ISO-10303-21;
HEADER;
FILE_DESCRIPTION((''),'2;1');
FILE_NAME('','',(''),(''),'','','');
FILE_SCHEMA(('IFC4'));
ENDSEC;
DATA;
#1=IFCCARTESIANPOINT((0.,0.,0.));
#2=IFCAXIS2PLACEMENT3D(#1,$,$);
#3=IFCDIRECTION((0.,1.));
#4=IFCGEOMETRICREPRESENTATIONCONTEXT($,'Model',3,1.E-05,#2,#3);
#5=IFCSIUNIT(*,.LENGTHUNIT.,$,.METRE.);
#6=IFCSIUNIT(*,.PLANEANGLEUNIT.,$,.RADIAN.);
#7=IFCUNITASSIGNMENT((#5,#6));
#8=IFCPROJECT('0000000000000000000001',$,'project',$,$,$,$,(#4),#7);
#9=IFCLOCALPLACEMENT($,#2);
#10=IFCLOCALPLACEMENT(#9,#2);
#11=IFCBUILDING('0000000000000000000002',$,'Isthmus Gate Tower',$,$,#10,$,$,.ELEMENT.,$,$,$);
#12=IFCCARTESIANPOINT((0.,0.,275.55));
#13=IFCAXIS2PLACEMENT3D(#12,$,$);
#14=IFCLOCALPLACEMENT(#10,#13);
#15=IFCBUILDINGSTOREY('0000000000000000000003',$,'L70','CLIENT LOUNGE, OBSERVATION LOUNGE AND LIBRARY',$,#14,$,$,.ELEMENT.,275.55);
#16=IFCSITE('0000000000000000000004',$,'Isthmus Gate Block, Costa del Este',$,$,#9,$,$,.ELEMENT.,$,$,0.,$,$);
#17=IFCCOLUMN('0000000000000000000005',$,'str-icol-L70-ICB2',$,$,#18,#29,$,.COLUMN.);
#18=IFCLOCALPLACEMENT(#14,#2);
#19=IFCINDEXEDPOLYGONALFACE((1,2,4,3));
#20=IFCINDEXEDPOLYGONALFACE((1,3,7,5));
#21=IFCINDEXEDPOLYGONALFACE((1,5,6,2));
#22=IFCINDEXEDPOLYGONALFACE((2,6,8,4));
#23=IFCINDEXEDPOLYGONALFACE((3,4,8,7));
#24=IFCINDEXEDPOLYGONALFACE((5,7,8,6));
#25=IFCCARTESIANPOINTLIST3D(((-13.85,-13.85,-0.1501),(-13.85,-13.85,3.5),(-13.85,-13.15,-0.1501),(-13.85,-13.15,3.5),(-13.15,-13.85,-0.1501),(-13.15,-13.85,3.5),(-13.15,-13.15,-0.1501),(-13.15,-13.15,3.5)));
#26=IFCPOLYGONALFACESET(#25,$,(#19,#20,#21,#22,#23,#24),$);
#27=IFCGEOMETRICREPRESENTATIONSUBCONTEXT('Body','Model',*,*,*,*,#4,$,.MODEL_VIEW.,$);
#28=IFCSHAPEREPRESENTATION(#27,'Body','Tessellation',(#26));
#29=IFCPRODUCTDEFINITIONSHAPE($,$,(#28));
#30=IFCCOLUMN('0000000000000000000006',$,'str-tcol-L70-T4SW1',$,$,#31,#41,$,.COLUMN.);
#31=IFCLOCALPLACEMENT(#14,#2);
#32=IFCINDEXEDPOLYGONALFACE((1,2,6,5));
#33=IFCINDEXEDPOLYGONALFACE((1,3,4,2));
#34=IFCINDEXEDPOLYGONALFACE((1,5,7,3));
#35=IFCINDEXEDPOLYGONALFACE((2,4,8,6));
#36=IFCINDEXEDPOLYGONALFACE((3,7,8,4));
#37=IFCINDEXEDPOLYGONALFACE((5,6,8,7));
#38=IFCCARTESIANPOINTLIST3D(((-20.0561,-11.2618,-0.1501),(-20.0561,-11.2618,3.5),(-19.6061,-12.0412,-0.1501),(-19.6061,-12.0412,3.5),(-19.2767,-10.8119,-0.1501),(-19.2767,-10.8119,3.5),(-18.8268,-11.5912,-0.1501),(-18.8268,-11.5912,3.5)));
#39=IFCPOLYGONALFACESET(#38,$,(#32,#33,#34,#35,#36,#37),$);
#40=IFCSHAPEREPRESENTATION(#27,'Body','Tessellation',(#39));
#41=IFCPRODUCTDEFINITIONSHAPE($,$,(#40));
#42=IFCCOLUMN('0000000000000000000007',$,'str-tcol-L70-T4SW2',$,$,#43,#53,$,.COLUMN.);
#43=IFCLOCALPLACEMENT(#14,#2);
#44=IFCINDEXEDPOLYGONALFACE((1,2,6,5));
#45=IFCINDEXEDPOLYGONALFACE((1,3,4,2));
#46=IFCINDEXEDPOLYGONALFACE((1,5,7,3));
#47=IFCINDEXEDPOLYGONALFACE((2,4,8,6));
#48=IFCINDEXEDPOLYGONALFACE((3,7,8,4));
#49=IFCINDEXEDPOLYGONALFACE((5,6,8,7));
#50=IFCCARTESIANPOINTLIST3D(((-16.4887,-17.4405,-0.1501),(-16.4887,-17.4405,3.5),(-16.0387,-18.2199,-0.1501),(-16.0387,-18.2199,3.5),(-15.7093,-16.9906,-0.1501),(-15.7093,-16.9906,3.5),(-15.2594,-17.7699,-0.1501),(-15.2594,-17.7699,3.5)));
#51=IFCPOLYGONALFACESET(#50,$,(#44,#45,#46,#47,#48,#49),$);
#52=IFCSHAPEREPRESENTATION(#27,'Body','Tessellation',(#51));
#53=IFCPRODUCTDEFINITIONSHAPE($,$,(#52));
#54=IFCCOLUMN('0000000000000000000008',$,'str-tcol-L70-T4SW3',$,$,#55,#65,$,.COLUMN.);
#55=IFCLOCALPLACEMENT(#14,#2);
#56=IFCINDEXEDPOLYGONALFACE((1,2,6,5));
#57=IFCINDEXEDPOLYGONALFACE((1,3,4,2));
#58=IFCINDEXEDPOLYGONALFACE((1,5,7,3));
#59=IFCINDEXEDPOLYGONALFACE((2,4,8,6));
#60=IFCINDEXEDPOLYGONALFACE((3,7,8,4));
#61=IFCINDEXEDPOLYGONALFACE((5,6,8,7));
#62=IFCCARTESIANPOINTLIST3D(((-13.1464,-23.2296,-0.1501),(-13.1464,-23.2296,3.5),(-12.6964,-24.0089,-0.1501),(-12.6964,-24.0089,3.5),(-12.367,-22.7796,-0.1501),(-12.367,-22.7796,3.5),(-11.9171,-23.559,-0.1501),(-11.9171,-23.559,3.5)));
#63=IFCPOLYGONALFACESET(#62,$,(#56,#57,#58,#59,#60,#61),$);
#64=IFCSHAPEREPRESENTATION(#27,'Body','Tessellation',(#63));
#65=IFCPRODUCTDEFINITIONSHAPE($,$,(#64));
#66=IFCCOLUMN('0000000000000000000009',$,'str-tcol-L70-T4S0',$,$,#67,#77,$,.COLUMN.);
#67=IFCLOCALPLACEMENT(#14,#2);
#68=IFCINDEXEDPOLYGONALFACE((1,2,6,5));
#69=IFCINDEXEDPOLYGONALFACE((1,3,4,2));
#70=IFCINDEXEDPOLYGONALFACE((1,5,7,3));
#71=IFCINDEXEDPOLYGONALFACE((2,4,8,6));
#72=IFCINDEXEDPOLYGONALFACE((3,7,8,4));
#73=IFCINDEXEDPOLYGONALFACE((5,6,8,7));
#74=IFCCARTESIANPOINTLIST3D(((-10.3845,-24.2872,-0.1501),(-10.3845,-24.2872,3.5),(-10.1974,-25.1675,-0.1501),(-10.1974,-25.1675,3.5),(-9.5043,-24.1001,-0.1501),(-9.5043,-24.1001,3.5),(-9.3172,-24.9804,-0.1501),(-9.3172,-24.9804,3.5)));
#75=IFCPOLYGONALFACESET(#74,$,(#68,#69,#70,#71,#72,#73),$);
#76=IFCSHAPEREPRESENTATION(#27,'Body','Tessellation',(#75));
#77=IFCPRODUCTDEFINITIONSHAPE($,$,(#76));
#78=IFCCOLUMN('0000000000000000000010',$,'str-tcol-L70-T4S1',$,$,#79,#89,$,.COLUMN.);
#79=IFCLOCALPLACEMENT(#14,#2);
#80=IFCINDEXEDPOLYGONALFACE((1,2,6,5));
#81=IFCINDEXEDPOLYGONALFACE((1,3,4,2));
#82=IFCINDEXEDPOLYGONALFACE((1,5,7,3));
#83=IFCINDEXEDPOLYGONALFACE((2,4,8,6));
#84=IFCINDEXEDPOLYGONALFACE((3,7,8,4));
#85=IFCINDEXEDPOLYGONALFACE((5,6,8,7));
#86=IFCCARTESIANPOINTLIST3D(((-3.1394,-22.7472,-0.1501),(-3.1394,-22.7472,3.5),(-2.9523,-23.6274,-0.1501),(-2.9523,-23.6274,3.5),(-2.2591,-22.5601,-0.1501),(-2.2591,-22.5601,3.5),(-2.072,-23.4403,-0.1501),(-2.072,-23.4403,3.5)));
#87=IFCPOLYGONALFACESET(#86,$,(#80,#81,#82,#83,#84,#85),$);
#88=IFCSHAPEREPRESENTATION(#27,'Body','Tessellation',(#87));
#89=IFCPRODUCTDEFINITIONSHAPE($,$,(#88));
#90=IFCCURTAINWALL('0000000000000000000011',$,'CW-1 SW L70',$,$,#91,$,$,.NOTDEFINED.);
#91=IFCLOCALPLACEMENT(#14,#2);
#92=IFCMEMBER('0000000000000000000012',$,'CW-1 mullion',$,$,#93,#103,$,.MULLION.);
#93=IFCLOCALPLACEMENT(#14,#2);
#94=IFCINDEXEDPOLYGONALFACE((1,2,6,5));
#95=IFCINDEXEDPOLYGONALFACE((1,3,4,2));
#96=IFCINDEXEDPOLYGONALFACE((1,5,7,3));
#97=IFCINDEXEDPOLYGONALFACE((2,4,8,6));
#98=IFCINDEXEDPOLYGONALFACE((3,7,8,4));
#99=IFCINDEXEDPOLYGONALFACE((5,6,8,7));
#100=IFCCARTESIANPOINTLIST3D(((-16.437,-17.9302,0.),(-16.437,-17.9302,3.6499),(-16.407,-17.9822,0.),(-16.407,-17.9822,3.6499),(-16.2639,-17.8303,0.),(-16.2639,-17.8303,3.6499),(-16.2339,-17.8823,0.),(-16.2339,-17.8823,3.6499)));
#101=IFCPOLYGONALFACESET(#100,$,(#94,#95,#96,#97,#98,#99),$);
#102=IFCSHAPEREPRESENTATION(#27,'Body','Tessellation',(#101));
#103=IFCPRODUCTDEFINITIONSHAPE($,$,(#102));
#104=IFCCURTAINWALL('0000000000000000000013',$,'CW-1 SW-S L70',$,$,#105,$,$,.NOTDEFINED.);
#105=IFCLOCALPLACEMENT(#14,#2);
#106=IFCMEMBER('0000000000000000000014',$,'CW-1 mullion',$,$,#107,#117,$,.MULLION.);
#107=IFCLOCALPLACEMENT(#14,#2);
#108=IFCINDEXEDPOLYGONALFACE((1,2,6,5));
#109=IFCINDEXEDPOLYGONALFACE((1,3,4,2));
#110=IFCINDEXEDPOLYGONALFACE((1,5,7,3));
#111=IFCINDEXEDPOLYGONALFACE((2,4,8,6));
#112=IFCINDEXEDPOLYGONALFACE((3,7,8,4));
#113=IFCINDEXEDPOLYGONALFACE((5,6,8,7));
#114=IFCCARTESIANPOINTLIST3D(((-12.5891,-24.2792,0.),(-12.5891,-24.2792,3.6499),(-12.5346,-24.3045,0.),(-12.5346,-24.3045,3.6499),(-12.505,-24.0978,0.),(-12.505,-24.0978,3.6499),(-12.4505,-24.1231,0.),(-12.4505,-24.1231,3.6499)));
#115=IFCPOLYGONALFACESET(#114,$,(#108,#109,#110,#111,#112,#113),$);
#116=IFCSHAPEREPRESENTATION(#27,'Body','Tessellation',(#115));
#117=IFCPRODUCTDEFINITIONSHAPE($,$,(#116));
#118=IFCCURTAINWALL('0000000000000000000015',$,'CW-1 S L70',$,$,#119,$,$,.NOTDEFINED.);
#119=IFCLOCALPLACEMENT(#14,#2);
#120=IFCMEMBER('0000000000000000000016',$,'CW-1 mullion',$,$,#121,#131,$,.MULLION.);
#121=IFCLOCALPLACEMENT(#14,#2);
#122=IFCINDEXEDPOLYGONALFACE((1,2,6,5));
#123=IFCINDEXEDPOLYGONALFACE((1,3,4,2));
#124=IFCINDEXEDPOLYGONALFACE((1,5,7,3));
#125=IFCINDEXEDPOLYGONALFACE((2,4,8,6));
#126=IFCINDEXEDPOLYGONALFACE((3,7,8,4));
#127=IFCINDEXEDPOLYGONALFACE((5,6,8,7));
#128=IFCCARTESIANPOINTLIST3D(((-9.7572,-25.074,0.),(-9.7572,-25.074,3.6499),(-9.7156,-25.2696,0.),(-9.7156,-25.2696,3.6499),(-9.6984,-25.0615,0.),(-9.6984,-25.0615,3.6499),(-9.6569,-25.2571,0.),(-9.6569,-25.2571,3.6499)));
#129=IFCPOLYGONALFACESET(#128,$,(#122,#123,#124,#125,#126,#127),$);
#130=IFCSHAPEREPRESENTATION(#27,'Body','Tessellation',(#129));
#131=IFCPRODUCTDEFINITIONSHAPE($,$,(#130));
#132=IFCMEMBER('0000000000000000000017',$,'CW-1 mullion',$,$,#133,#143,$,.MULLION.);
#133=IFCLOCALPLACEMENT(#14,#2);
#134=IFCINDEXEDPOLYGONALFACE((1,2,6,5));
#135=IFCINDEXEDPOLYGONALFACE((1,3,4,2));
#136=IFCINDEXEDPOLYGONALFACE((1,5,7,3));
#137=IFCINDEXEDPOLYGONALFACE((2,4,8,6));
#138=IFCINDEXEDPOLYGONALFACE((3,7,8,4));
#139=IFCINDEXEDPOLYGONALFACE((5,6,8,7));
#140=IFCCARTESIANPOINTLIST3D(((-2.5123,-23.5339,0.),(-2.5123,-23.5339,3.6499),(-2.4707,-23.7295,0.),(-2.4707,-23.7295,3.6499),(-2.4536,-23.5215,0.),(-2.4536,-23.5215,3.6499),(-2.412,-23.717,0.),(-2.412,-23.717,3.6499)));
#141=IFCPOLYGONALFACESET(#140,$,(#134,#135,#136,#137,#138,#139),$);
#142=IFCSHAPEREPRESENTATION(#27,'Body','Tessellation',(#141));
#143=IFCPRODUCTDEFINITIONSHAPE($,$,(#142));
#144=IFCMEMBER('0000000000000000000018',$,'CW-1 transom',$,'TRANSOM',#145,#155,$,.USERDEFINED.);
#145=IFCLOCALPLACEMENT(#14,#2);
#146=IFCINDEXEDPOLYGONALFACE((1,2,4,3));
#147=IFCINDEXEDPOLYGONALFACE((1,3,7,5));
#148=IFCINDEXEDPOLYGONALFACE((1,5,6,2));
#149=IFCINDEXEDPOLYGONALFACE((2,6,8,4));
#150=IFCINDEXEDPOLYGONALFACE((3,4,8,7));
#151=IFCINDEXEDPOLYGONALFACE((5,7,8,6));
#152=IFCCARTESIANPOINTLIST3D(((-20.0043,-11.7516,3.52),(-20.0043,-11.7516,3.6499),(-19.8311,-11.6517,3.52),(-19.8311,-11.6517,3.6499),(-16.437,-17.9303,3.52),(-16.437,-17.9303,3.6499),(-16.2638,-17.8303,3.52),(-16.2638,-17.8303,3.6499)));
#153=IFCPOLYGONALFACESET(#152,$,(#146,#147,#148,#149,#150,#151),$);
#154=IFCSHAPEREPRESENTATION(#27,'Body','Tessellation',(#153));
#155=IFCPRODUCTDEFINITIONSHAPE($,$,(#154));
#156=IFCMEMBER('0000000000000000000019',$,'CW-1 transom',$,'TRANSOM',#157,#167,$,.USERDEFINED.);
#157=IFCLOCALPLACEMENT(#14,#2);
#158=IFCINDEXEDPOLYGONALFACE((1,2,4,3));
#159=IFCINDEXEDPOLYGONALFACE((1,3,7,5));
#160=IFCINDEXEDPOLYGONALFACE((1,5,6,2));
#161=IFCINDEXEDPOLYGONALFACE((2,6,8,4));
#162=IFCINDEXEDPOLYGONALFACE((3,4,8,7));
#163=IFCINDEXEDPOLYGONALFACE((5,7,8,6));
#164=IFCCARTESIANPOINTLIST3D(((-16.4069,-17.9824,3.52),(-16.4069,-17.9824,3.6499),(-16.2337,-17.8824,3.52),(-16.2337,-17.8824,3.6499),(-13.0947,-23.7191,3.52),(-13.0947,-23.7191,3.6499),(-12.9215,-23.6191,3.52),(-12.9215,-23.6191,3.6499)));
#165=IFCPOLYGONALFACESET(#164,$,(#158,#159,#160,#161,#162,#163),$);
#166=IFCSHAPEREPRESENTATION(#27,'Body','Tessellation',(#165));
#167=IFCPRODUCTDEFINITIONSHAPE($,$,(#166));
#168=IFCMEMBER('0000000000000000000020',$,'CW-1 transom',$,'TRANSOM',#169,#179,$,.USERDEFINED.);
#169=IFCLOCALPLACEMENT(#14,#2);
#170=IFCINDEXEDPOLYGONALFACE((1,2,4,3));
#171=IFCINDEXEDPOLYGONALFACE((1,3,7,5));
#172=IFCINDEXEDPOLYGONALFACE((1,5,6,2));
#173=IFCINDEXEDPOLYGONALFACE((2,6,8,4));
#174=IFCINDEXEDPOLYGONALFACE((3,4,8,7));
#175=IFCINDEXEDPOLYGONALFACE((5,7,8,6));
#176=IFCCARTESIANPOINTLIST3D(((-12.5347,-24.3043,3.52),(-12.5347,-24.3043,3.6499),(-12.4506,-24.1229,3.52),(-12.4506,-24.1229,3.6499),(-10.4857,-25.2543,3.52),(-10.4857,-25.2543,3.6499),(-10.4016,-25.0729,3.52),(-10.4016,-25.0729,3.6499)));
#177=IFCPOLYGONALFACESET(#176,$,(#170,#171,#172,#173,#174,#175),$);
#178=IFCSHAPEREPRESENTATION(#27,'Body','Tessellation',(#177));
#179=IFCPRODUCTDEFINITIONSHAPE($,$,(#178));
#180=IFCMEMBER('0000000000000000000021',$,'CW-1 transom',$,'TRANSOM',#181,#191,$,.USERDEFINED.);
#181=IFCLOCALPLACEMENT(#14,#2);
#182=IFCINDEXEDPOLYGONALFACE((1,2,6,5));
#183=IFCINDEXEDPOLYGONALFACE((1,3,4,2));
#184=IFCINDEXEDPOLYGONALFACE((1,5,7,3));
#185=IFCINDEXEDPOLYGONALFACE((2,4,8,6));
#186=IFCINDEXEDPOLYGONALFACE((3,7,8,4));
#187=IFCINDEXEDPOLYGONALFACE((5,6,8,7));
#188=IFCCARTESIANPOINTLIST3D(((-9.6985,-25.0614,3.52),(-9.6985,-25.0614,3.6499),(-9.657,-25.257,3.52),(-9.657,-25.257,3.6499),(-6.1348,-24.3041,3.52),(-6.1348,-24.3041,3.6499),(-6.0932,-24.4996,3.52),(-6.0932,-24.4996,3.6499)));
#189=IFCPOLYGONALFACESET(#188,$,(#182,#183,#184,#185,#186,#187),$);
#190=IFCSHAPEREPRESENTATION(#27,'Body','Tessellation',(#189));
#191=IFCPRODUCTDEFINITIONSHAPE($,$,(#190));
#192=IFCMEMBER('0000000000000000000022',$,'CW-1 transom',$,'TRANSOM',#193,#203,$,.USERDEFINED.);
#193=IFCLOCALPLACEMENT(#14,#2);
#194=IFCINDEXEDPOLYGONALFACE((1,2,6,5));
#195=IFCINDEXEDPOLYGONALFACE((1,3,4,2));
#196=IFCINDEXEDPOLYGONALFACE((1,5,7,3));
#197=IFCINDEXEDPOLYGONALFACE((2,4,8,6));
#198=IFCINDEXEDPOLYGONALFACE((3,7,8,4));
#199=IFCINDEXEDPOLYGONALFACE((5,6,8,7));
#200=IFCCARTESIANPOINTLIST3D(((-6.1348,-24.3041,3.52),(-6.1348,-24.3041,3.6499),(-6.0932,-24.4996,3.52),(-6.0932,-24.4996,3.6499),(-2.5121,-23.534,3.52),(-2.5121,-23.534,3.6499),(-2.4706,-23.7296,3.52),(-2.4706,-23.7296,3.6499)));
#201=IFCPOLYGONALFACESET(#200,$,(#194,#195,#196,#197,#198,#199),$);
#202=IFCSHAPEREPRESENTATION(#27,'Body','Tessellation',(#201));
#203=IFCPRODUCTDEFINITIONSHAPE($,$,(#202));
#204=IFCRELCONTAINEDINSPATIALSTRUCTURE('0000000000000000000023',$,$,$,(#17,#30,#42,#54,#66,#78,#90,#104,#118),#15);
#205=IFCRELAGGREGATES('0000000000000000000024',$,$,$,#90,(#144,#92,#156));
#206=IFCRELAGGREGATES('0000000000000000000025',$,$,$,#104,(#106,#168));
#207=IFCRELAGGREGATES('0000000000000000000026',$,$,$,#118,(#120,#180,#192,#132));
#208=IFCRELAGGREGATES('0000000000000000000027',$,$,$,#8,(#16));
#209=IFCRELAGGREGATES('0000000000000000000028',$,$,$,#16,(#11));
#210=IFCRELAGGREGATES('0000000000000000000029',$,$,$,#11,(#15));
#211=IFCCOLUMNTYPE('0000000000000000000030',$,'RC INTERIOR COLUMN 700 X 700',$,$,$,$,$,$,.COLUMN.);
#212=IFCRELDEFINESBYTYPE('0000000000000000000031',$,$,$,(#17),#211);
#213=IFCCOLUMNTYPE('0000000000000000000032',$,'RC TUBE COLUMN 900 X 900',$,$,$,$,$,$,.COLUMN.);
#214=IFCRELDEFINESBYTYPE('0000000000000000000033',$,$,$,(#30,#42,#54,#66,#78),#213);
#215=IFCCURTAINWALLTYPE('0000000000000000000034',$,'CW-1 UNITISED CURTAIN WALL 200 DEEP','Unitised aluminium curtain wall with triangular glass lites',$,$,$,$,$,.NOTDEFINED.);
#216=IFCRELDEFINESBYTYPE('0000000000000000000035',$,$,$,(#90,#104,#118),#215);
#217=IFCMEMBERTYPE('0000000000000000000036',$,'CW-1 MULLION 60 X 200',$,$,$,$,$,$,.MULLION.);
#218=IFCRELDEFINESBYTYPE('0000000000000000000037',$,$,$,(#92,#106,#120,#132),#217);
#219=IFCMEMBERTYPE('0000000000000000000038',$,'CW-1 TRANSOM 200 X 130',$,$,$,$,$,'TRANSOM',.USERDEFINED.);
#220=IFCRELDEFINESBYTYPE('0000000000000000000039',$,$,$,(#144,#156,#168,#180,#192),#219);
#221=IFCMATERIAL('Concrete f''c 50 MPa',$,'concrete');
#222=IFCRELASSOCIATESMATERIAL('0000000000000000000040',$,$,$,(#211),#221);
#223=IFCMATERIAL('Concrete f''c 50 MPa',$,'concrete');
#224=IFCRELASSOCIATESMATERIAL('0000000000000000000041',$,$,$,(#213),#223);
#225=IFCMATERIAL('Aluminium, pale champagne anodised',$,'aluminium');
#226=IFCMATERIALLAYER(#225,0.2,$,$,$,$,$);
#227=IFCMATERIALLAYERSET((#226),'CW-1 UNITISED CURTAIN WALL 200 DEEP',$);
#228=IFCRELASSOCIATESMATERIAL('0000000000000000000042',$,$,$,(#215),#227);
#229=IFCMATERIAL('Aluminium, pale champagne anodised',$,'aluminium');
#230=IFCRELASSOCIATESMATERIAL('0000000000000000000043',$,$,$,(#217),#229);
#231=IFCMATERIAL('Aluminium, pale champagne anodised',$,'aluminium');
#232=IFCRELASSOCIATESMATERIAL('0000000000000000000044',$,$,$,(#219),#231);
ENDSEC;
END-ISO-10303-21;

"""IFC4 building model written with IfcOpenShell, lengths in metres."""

from ifc_helpers import new_model, si_unit, direction, frame, origin, origin_2d, place, context, subcontext, project, spatial, rectangle, extrude, material, layer, layer_set, material_profile, profile_set, type_object, element, aggregate, save


model = new_model("IFC4")

# Units and contexts
model_context = context("Model", 3, precision=1e-05, world=origin(), true_north=direction((0.0, 1.0)))
body_context = subcontext(model_context, "Body", "Model", "MODEL_VIEW")
ifc_project = project(units=[si_unit("LENGTHUNIT", "METRE"), si_unit("PLANEANGLEUNIT", "RADIAN")], contexts=[model_context])

# Site, building, storey
site_placement = place(None, origin())
site = spatial("IfcSite", under=ifc_project, at=site_placement, Name="Isthmus Gate Block, Costa del Este", CompositionType="ELEMENT", RefElevation=0.0)
building_placement = place(site_placement, origin())
building = spatial("IfcBuilding", under=site, at=building_placement, Name="Isthmus Gate Tower", CompositionType="ELEMENT")
storey_placement = place(building_placement, frame((0.0, 0.0, 275.55)))
storey = spatial("IfcBuildingStorey", under=building, at=storey_placement, Name="L70", Description="CLIENT LOUNGE, OBSERVATION LOUNGE AND LIBRARY", CompositionType="ELEMENT", Elevation=275.55)

# Columns
ifc_material_1 = material(Name="Concrete f'c 50 MPa", Category="concrete")
ifc_material_profile_1 = material_profile(ifc_material_1, rectangle(XDim=0.7, YDim=0.7, at=origin_2d()), Name="RC 700X700")
ifc_profile_set_1 = profile_set([ifc_material_profile_1], Name="Concrete f'c 50 MPa")
column_type_1 = type_object("IfcColumnType", Name="RC INTERIOR COLUMN 700 X 700", PredefinedType="COLUMN", material=ifc_profile_set_1)
column_placement = place(storey_placement, frame((-13.5, -13.5, -0.1501), z_axis=(0.0, 0.0, 1.0), x_axis=(1.0, 0.0, 0.0)))
element("IfcColumn", 1, at=column_placement, inside=storey, type_object=column_type_1, Name="str-icol-L70-ICB2", PredefinedType="COLUMN", context=body_context, shape_type="SweptSolid", body=[
    extrude(rectangle(XDim=0.7, YDim=0.7, at=origin_2d()), origin(), (0.0, 0.0, 1.0), 3.6501),
])
ifc_material_2 = material(Name="Concrete f'c 50 MPa", Category="concrete")
ifc_material_profile_2 = material_profile(ifc_material_2, rectangle(XDim=0.8999, YDim=0.8999, at=origin_2d()), Name="RC 900X900")
ifc_profile_set_2 = profile_set([ifc_material_profile_2], Name="Concrete f'c 50 MPa")
column_type_2 = type_object("IfcColumnType", Name="RC TUBE COLUMN 900 X 900", PredefinedType="COLUMN", material=ifc_profile_set_2)
for number, where, z_axis, x_axis, name in (
    (2, (-19.4414, -11.4265, -0.1501), (0.0, 0.0, 1.0), (0.5, -0.866025, 0.0), "str-tcol-L70-T4SW1"),
    (3, (-15.874, -17.6052, -0.1501), (0.0, 0.0, 1.0), (0.5, -0.866025, 0.0), "str-tcol-L70-T4SW2"),
    (4, (-12.5317, -23.3943, -0.1501), (0.0, 0.0, 1.0), (0.5, -0.866025, 0.0), "str-tcol-L70-T4SW3"),
    (5, (-9.8508, -24.6338, -0.1501), (0.0, 0.0, 1.0), (0.978148, 0.207912, 0.0), "str-tcol-L70-T4S0"),
    (6, (-2.6057, -23.0938, -0.1501), (0.0, 0.0, 1.0), (0.978148, 0.207912, 0.0), "str-tcol-L70-T4S1"),
):
    element("IfcColumn", number, at=place(storey_placement, frame(where, z_axis=z_axis, x_axis=x_axis)), inside=storey, type_object=column_type_2, Name=name, PredefinedType="COLUMN", context=body_context, shape_type="SweptSolid", body=[
        extrude(rectangle(XDim=0.8999, YDim=0.8999, at=origin_2d()), origin(), (0.0, 0.0, 1.0), 3.6501),
    ])

# Curtain walls, members
ifc_material_3 = material(Name="Aluminium, pale champagne anodised", Category="aluminium")
ifc_layer_1 = layer(ifc_material_3, 0.2)
ifc_layer_set_1 = layer_set([ifc_layer_1], Name="CW-1 UNITISED CURTAIN WALL 200 DEEP")
curtain_wall_type = type_object("IfcCurtainWallType", Name="CW-1 UNITISED CURTAIN WALL 200 DEEP", Description="Unitised aluminium curtain wall with triangular glass lites", PredefinedType="NOTDEFINED", material=ifc_layer_set_1)
curtain_wall_1_placement = place(storey_placement, origin())
curtain_wall_1 = element("IfcCurtainWall", 7, at=curtain_wall_1_placement, inside=storey, type_object=curtain_wall_type, Name="CW-1 SW L70", PredefinedType="NOTDEFINED")
ifc_material_4 = material(Name="Aluminium, pale champagne anodised", Category="aluminium")
ifc_material_profile_3 = material_profile(ifc_material_4, rectangle(XDim=0.0601, YDim=0.2, at=origin_2d()), Name="60x200")
ifc_profile_set_3 = profile_set([ifc_material_profile_3], Name="Aluminium, pale champagne anodised")
member_type_1 = type_object("IfcMemberType", Name="CW-1 MULLION 60 X 200", PredefinedType="MULLION", material=ifc_profile_set_3)
member_1_placement = place(storey_placement, frame((-16.3354, -17.9062, 0.0), z_axis=(0.0, 0.0, 1.0), x_axis=(0.5, -0.866025, 0.0)))
member_1 = element("IfcMember", 8, at=member_1_placement, type_object=member_type_1, Name="CW-1 mullion", PredefinedType="MULLION", context=body_context, shape_type="SweptSolid", body=[
    extrude(rectangle(XDim=0.0601, YDim=0.2, at=origin_2d()), origin(), (0.0, 0.0, 1.0), 3.6499),
])
curtain_wall_2_placement = place(storey_placement, origin())
curtain_wall_2 = element("IfcCurtainWall", 9, at=curtain_wall_2_placement, inside=storey, type_object=curtain_wall_type, Name="CW-1 SW-S L70", PredefinedType="NOTDEFINED")
member_2_placement = place(storey_placement, frame((-12.5198, -24.2012, 0.0), z_axis=(0.0, 0.0, 1.0), x_axis=(0.907256, -0.420578, 0.0)))
member_2 = element("IfcMember", 10, at=member_2_placement, type_object=member_type_1, Name="CW-1 mullion", PredefinedType="MULLION", context=body_context, shape_type="SweptSolid", body=[
    extrude(rectangle(XDim=0.0601, YDim=0.2, at=origin_2d()), origin(), (0.0, 0.0, 1.0), 3.6499),
])

# Curtain wall, members
curtain_wall_3_placement = place(storey_placement, origin())
curtain_wall_3 = element("IfcCurtainWall", 11, at=curtain_wall_3_placement, inside=storey, type_object=curtain_wall_type, Name="CW-1 S L70", PredefinedType="NOTDEFINED")
member_3_placement = place(storey_placement, frame((-9.707, -25.1655, 0.0), z_axis=(0.0, 0.0, 1.0), x_axis=(0.978148, 0.207912, 0.0)))
member_3 = element("IfcMember", 12, at=member_3_placement, type_object=member_type_1, Name="CW-1 mullion", PredefinedType="MULLION", context=body_context, shape_type="SweptSolid", body=[
    extrude(rectangle(XDim=0.0601, YDim=0.2, at=origin_2d()), origin(), (0.0, 0.0, 1.0), 3.6499),
])
member_4_placement = place(storey_placement, frame((-2.4622, -23.6255, 0.0), z_axis=(0.0, 0.0, 1.0), x_axis=(0.978148, 0.207912, 0.0)))
member_4 = element("IfcMember", 13, at=member_4_placement, type_object=member_type_1, Name="CW-1 mullion", PredefinedType="MULLION", context=body_context, shape_type="SweptSolid", body=[
    extrude(rectangle(XDim=0.0601, YDim=0.2, at=origin_2d()), origin(), (0.0, 0.0, 1.0), 3.6499),
])

# Members
ifc_material_5 = material(Name="Aluminium, pale champagne anodised", Category="aluminium")
ifc_material_profile_4 = material_profile(ifc_material_5, rectangle(XDim=0.2, YDim=0.1299, at=origin_2d()), Name="200x130")
ifc_profile_set_4 = profile_set([ifc_material_profile_4], Name="Aluminium, pale champagne anodised")
member_type_2 = type_object("IfcMemberType", Name="CW-1 TRANSOM 200 X 130", ElementType="TRANSOM", PredefinedType="USERDEFINED", material=ifc_profile_set_4)
member_5_placement = place(storey_placement, frame((-19.9177, -11.7017, 3.585), z_axis=(0.500011, -0.866019, 0.0), x_axis=(0.866019, 0.500011, 0.0)))
member_5 = element("IfcMember", 14, at=member_5_placement, type_object=member_type_2, Name="CW-1 transom", ObjectType="TRANSOM", PredefinedType="USERDEFINED", context=body_context, shape_type="SweptSolid", body=[
    extrude(rectangle(XDim=0.2, YDim=0.1299, at=origin_2d()), origin(), (0.0, 0.0, 1.0), 7.1345),
])
member_6_placement = place(storey_placement, frame((-16.3203, -17.9324, 3.585), z_axis=(0.500012, -0.866019, 0.0), x_axis=(0.866019, 0.500012, 0.0)))
member_6 = element("IfcMember", 15, at=member_6_placement, type_object=member_type_2, Name="CW-1 transom", ObjectType="TRANSOM", PredefinedType="USERDEFINED", context=body_context, shape_type="SweptSolid", body=[
    extrude(rectangle(XDim=0.2, YDim=0.1299, at=origin_2d()), origin(), (0.0, 0.0, 1.0), 6.6243),
])
member_7_placement = place(storey_placement, frame((-12.4927, -24.2136, 3.585), z_axis=(0.907246, -0.4206, 0.0), x_axis=(0.4206, 0.907246, 0.0)))
member_7 = element("IfcMember", 16, at=member_7_placement, type_object=member_type_2, Name="CW-1 transom", ObjectType="TRANSOM", PredefinedType="USERDEFINED", context=body_context, shape_type="SweptSolid", body=[
    extrude(rectangle(XDim=0.2, YDim=0.1299, at=origin_2d()), origin(), (0.0, 0.0, 1.0), 2.2585),
])
member_8_placement = place(storey_placement, frame((-9.6777, -25.1592, 3.585), z_axis=(0.978157, 0.207868, 0.0), x_axis=(-0.207868, 0.978157, 0.0)))
member_8 = element("IfcMember", 17, at=member_8_placement, type_object=member_type_2, Name="CW-1 transom", ObjectType="TRANSOM", PredefinedType="USERDEFINED", context=body_context, shape_type="SweptSolid", body=[
    extrude(rectangle(XDim=0.2, YDim=0.1299, at=origin_2d()), origin(), (0.0, 0.0, 1.0), 3.6433),
])
member_9_placement = place(storey_placement, frame((-6.114, -24.4019, 3.585), z_axis=(0.978146, 0.207917, 0.0), x_axis=(-0.207917, 0.978146, 0.0)))
member_9 = element("IfcMember", 18, at=member_9_placement, type_object=member_type_2, Name="CW-1 transom", ObjectType="TRANSOM", PredefinedType="USERDEFINED", context=body_context, shape_type="SweptSolid", body=[
    extrude(rectangle(XDim=0.2, YDim=0.1299, at=origin_2d()), origin(), (0.0, 0.0, 1.0), 3.7036),
])

aggregate(curtain_wall_1, [member_5, member_1, member_6])
aggregate(curtain_wall_2, [member_2, member_7])

aggregate(curtain_wall_3, [member_3, member_8, member_9, member_4])

save(model, "model.ifc")
